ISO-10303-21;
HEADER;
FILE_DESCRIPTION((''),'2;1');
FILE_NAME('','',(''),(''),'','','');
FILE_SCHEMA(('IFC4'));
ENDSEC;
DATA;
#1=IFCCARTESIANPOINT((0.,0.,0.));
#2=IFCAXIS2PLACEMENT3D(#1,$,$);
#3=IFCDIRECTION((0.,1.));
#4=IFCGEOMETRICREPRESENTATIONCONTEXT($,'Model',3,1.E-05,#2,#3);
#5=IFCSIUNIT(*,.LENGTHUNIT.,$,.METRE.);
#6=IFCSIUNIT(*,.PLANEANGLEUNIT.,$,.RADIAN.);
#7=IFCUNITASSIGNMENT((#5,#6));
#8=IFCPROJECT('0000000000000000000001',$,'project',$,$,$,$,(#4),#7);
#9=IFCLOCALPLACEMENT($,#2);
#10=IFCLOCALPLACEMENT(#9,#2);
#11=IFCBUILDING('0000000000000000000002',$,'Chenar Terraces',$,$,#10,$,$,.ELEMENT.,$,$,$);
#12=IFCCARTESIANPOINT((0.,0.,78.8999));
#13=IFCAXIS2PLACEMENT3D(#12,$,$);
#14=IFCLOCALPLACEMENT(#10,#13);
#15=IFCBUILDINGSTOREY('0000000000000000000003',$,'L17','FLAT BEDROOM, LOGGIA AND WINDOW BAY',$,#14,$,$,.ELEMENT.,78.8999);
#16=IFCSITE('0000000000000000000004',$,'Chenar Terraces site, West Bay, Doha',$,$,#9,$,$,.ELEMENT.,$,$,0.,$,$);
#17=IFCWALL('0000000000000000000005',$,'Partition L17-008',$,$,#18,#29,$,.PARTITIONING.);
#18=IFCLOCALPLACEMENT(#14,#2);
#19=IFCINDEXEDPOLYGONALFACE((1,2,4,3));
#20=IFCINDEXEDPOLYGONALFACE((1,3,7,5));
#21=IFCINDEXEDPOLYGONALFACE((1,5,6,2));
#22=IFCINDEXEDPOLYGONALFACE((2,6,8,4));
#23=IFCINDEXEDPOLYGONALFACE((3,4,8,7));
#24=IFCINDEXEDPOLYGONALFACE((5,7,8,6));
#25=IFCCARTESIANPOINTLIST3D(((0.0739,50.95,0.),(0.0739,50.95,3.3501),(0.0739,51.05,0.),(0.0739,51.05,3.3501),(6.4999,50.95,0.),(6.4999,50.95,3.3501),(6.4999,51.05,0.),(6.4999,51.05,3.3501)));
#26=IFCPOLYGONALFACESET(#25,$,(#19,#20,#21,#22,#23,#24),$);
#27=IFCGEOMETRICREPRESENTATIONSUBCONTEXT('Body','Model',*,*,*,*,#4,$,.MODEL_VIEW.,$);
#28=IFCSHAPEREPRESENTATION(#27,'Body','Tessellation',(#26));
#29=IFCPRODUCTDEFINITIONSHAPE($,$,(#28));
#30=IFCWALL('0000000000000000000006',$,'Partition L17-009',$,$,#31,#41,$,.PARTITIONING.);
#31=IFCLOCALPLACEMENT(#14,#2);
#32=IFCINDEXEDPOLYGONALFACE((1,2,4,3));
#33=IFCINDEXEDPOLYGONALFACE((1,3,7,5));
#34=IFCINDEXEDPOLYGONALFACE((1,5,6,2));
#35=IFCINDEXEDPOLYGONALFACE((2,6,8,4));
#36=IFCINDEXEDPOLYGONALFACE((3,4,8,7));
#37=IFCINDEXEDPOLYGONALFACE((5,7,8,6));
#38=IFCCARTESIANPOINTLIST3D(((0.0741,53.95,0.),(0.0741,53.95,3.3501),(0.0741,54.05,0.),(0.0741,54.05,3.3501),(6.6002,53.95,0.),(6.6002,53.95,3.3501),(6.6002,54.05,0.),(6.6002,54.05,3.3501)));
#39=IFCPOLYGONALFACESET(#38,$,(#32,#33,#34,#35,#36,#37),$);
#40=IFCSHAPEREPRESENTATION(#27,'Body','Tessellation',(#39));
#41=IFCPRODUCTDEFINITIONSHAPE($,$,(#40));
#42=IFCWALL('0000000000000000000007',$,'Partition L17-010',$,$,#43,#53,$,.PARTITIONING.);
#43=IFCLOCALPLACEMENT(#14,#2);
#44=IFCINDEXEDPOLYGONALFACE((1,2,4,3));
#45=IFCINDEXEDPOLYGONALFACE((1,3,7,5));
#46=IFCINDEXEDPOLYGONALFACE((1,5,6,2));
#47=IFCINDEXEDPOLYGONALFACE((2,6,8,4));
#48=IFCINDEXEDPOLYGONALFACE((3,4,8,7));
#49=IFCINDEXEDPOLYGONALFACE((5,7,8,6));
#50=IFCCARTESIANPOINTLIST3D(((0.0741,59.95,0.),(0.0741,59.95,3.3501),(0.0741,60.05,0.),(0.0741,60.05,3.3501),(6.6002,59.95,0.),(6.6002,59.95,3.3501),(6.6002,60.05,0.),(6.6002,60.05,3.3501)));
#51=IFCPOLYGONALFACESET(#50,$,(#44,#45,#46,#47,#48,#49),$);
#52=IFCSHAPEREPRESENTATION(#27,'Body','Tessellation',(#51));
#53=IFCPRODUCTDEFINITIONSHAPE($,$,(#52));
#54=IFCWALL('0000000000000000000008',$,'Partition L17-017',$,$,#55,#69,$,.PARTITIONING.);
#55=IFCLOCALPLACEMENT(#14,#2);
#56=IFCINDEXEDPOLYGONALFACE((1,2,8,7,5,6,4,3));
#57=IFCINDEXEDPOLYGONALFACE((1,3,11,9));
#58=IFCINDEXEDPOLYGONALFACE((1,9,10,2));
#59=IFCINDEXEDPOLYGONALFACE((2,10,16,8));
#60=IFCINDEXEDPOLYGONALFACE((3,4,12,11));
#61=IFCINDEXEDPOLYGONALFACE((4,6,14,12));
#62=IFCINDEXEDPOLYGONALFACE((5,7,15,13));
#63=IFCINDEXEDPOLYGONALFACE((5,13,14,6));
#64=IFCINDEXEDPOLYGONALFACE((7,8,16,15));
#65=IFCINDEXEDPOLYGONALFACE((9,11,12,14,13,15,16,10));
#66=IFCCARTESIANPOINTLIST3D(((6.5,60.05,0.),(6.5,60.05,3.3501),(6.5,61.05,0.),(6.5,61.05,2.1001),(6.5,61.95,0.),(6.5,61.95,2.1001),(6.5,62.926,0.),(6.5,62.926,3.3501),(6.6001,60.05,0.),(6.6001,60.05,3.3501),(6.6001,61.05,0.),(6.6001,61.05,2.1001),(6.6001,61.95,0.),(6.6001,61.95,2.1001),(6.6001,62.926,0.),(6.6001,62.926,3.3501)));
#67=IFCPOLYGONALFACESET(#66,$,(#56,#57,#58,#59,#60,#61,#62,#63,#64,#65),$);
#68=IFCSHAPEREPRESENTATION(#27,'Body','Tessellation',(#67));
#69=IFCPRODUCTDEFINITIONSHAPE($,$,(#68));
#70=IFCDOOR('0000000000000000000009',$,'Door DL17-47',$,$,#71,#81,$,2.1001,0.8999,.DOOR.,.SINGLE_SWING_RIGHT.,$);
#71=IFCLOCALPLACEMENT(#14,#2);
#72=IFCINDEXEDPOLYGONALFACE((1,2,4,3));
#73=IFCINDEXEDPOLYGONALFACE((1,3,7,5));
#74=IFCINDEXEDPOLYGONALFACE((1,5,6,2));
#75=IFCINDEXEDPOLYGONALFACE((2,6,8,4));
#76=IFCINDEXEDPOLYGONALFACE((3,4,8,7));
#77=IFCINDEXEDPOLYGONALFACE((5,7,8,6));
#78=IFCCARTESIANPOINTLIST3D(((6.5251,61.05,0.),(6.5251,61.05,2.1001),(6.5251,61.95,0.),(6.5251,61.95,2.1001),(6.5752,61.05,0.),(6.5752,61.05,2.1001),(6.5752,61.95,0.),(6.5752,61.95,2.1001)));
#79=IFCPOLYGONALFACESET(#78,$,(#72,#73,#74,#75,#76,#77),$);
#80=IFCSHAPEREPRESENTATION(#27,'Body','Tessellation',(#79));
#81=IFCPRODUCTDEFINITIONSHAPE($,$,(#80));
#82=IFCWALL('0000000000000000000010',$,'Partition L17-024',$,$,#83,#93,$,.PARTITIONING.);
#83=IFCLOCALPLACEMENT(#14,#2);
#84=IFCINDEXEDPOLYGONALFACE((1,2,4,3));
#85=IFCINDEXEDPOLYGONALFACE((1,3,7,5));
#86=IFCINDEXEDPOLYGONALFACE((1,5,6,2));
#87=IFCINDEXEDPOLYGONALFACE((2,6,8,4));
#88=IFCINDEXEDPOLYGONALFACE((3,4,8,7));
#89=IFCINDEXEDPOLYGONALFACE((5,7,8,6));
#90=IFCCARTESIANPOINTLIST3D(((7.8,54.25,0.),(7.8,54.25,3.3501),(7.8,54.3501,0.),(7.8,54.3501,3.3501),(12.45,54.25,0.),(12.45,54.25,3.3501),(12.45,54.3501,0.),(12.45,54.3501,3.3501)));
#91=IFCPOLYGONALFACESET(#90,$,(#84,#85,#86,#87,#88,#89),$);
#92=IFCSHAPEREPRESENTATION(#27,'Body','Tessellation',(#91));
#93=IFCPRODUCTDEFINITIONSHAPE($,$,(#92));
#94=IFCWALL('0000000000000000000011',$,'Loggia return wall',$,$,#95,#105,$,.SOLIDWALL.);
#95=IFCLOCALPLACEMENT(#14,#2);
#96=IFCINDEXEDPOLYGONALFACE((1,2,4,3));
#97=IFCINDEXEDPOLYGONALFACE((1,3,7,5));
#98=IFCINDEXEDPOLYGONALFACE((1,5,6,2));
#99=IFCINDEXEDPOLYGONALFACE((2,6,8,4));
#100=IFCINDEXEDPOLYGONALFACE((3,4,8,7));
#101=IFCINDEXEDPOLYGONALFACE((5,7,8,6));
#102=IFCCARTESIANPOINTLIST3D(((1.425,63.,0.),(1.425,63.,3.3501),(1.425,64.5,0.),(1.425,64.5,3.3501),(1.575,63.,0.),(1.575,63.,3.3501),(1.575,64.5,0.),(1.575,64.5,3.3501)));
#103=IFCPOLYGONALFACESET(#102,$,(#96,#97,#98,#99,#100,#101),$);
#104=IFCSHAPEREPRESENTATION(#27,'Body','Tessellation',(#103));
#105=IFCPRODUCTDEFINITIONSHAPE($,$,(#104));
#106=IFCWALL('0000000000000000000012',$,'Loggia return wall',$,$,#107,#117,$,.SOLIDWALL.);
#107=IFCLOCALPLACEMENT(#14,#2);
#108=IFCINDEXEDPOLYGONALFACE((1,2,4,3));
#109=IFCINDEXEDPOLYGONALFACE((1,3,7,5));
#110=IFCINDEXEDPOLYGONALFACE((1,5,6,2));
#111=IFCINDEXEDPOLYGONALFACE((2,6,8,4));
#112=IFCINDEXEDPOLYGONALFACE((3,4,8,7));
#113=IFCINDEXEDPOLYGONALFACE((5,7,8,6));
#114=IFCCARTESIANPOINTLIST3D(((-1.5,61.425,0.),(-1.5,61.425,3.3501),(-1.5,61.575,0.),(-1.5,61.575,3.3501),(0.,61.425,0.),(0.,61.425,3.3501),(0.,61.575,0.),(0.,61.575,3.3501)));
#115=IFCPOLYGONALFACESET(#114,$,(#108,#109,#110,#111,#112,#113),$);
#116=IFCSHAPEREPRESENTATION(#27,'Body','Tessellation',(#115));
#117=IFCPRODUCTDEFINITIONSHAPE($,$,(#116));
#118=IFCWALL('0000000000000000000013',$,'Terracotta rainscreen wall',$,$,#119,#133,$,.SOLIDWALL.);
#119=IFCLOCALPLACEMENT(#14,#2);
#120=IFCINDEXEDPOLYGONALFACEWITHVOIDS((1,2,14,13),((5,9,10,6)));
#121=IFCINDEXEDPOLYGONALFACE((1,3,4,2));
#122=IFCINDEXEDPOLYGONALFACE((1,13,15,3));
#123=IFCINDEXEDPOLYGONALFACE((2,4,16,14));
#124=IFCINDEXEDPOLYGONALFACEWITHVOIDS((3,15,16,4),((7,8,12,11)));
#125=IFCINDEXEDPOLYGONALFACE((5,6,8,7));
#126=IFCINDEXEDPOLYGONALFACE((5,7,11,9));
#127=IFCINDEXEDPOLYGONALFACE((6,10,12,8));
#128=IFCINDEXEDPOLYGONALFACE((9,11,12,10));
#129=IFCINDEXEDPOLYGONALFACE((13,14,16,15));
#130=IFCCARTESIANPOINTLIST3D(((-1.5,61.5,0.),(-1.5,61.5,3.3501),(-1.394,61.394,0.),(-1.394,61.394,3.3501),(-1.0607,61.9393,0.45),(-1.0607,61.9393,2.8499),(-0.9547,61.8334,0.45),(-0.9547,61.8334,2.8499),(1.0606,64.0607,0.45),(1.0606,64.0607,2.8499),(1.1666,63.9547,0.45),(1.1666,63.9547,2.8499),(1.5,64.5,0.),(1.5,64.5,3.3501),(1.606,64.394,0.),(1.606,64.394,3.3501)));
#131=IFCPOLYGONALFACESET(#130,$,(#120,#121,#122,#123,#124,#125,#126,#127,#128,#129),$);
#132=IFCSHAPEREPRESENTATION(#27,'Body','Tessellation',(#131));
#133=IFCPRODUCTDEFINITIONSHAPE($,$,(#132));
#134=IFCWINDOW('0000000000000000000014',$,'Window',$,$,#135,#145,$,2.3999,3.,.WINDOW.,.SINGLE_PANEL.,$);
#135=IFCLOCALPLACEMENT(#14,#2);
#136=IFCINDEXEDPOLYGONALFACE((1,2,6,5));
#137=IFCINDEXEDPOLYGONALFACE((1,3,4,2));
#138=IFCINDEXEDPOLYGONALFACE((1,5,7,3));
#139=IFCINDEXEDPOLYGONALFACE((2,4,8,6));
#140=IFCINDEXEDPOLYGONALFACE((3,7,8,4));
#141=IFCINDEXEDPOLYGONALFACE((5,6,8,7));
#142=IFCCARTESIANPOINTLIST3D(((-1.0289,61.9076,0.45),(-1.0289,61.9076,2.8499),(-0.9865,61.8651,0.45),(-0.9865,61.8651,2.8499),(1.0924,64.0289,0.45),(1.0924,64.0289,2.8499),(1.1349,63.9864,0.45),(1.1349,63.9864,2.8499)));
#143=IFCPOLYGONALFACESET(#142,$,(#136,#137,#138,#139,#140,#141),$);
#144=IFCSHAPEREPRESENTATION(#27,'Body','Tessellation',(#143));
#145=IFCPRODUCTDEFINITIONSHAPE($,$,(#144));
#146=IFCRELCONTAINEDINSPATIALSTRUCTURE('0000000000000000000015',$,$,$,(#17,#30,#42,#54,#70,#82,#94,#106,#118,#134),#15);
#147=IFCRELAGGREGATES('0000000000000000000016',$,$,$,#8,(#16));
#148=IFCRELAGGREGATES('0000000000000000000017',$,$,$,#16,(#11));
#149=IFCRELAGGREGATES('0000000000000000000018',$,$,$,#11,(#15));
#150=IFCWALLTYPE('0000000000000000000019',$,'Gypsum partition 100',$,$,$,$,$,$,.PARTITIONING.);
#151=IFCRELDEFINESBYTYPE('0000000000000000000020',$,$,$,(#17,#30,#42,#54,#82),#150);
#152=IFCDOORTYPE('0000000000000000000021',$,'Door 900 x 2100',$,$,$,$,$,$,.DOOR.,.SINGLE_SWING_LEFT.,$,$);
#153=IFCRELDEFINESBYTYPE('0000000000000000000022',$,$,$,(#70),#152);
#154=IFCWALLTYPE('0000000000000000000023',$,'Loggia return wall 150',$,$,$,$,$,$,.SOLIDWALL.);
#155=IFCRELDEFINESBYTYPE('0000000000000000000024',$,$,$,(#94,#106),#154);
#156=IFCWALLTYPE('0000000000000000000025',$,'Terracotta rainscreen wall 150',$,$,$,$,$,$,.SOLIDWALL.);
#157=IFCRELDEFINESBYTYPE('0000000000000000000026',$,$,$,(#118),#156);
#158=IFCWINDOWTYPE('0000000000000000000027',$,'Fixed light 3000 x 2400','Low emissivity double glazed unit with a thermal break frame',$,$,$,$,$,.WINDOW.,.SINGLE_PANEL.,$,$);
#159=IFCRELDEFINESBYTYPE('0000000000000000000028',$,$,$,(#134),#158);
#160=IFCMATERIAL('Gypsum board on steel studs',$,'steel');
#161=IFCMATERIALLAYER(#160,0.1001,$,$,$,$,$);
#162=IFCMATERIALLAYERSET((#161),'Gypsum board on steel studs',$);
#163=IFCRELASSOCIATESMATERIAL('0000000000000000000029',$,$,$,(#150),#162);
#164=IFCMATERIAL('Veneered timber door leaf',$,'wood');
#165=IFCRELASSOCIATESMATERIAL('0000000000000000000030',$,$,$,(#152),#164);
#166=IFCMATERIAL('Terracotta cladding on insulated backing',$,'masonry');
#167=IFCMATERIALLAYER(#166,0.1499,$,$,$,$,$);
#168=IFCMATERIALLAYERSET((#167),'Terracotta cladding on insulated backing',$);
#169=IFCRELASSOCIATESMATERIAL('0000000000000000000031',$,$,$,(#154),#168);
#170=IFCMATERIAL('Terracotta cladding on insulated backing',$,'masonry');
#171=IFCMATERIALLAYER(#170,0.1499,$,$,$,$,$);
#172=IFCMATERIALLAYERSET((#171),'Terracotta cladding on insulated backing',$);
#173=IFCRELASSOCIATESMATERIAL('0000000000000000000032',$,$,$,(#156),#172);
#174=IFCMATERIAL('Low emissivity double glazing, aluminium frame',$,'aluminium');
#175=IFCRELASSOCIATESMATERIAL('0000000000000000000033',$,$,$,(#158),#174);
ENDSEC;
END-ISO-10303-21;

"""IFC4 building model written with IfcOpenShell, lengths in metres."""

from ifc_helpers import new_model, si_unit, direction, frame, frame_2d, origin, place, context, subcontext, project, spatial, rectangle, extrude, material, layer, layer_set, type_object, element, fill, save


model = new_model("IFC4")

# Units and contexts
model_context = context("Model", 3, precision=1e-05, world=origin(), true_north=direction((0.0, 1.0)))
body_context = subcontext(model_context, "Body", "Model", "MODEL_VIEW")
ifc_project = project(units=[si_unit("LENGTHUNIT", "METRE"), si_unit("PLANEANGLEUNIT", "RADIAN")], contexts=[model_context])

# Site, building, storey
site_placement = place(None, origin())
site = spatial("IfcSite", under=ifc_project, at=site_placement, Name="Chenar Terraces site, West Bay, Doha", CompositionType="ELEMENT", RefElevation=0.0)
building_placement = place(site_placement, origin())
building = spatial("IfcBuilding", under=site, at=building_placement, Name="Chenar Terraces", CompositionType="ELEMENT")
storey_placement = place(building_placement, frame((0.0, 0.0, 78.8999)))
storey = spatial("IfcBuildingStorey", under=building, at=storey_placement, Name="L17", Description="FLAT BEDROOM, LOGGIA AND WINDOW BAY", CompositionType="ELEMENT", Elevation=78.8999)

# Walls
ifc_material_1 = material(Name="Gypsum board on steel studs", Category="steel")
ifc_layer_1 = layer(ifc_material_1, 0.1001)
ifc_layer_set_1 = layer_set([ifc_layer_1], Name="Gypsum board on steel studs")
wall_type_1 = type_object("IfcWallType", Name="Gypsum partition 100", PredefinedType="PARTITIONING", material=ifc_layer_set_1)
wall_1_placement = place(storey_placement, frame((0.074, 51.0, 0.0), z_axis=(0.0, 0.0, 1.0), x_axis=(1.0, 0.0, 0.0)))
element("IfcWall", 1, at=wall_1_placement, inside=storey, type_object=wall_type_1, Name="Partition L17-008", PredefinedType="PARTITIONING", context=body_context, shape_type="SweptSolid", body=[
    extrude(rectangle(XDim=6.426, YDim=0.1001, at=frame_2d((3.2129, 0.0))), origin(), (0.0, 0.0, 1.0), 3.3501),
])
for number, where, z_axis, x_axis, name in (
    (2, (0.074, 54.0, 0.0), (0.0, 0.0, 1.0), (1.0, 0.0, 0.0), "Partition L17-009"),
    (3, (0.074, 60.0, 0.0), (0.0, 0.0, 1.0), (1.0, 0.0, 0.0), "Partition L17-010"),
):
    element("IfcWall", number, at=place(storey_placement, frame(where, z_axis=z_axis, x_axis=x_axis)), inside=storey, type_object=wall_type_1, Name=name, PredefinedType="PARTITIONING", context=body_context, shape_type="SweptSolid", body=[
        extrude(rectangle(XDim=6.5261, YDim=0.1001, at=frame_2d((3.2632, 0.0))), origin(), (0.0, 0.0, 1.0), 3.3501),
    ])

# Wall, opening, door
wall_2_placement = place(storey_placement, frame((6.55, 60.05, 0.0), z_axis=(0.0, 0.0, 1.0), x_axis=(0.0, 1.0, 0.0)))
wall_2 = element("IfcWall", 4, at=wall_2_placement, inside=storey, type_object=wall_type_1, Name="Partition L17-017", PredefinedType="PARTITIONING", context=body_context, shape_type="SweptSolid", body=[
    extrude(rectangle(XDim=2.876, YDim=0.1001, at=frame_2d((1.438, 0.0))), origin(), (0.0, 0.0, 1.0), 3.3501),
])
opening_1_placement = place(wall_2_placement, frame((1.0, 0.0, 0.0)))
opening_1 = element("IfcOpeningElement", 5, at=opening_1_placement, cuts=wall_2, PredefinedType="OPENING", context=body_context, shape_type="SweptSolid", body=[
    extrude(rectangle(XDim=0.8999, YDim=2.1001, at=frame_2d((0.45, 1.05))), frame((0.0, 0.0601, 0.0), z_axis=(0.0, -1.0, 0.0), x_axis=(1.0, 0.0, 0.0)), (0.0, 0.0, 1.0), 0.1201),
])
ifc_material_2 = material(Name="Veneered timber door leaf", Category="wood")
door_type_1 = type_object("IfcDoorType", Name="Door 900 x 2100", OperationType="SINGLE_SWING_LEFT", PredefinedType="DOOR", material=ifc_material_2)
door_1_placement = place(opening_1_placement, origin())
door_1 = element("IfcDoor", 6, at=door_1_placement, inside=storey, type_object=door_type_1, Name="Door DL17-47", OperationType="SINGLE_SWING_RIGHT", OverallHeight=2.1001, OverallWidth=0.8999, PredefinedType="DOOR", context=body_context, shape_type="SweptSolid", body=[
    extrude(rectangle(XDim=0.8999, YDim=2.1001, at=frame_2d((0.45, 1.05))), frame((0.0, 0.0249, 0.0), z_axis=(0.0, -1.0, 0.0), x_axis=(1.0, 0.0, 0.0)), (0.0, 0.0, 1.0), 0.05),
])
fill(opening_1, door_1)

# Walls
wall_3_placement = place(storey_placement, frame((7.8, 54.3, 0.0), z_axis=(0.0, 0.0, 1.0), x_axis=(1.0, 0.0, 0.0)))
element("IfcWall", 7, at=wall_3_placement, inside=storey, type_object=wall_type_1, Name="Partition L17-024", PredefinedType="PARTITIONING", context=body_context, shape_type="SweptSolid", body=[
    extrude(rectangle(XDim=4.6499, YDim=0.1001, at=frame_2d((2.325, 0.0))), origin(), (0.0, 0.0, 1.0), 3.3501),
])
ifc_material_3 = material(Name="Terracotta cladding on insulated backing", Category="masonry")
ifc_layer_2 = layer(ifc_material_3, 0.1499)
ifc_layer_set_2 = layer_set([ifc_layer_2], Name="Terracotta cladding on insulated backing")
wall_type_2 = type_object("IfcWallType", Name="Loggia return wall 150", PredefinedType="SOLIDWALL", material=ifc_layer_set_2)
for number, where, z_axis, x_axis, name in (
    (8, (1.5, 64.5, 0.0), (0.0, 0.0, 1.0), (0.0, -1.0, 0.0), "Loggia return wall"),
    (9, (-1.5, 61.5, 0.0), (0.0, 0.0, 1.0), (1.0, 0.0, 0.0), "Loggia return wall"),
):
    element("IfcWall", number, at=place(storey_placement, frame(where, z_axis=z_axis, x_axis=x_axis)), inside=storey, type_object=wall_type_2, Name=name, PredefinedType="SOLIDWALL", context=body_context, shape_type="SweptSolid", body=[
        extrude(rectangle(XDim=1.5, YDim=0.1499, at=frame_2d((0.75, 0.0))), origin(), (0.0, 0.0, 1.0), 3.3501),
    ])

# Wall, opening, window
ifc_material_4 = material(Name="Terracotta cladding on insulated backing", Category="masonry")
ifc_layer_3 = layer(ifc_material_4, 0.1499)
ifc_layer_set_3 = layer_set([ifc_layer_3], Name="Terracotta cladding on insulated backing")
wall_type_3 = type_object("IfcWallType", Name="Terracotta rainscreen wall 150", PredefinedType="SOLIDWALL", material=ifc_layer_set_3)
wall_4_placement = place(storey_placement, frame((1.553, 64.447, 0.0), z_axis=(0.0, 0.0, 1.0), x_axis=(-0.707107, -0.707107, 0.0)))
wall_4 = element("IfcWall", 10, at=wall_4_placement, inside=storey, type_object=wall_type_3, Name="Terracotta rainscreen wall", PredefinedType="SOLIDWALL", context=body_context, shape_type="SweptSolid", body=[
    extrude(rectangle(XDim=4.2427, YDim=0.1499, at=frame_2d((2.1213, 0.0))), origin(), (0.0, 0.0, 1.0), 3.3501),
])
opening_2_placement = place(wall_4_placement, frame((0.6213, 0.0, 0.45)))
opening_2 = element("IfcOpeningElement", 11, at=opening_2_placement, cuts=wall_4, PredefinedType="OPENING", context=body_context, shape_type="SweptSolid", body=[
    extrude(rectangle(XDim=3.0, YDim=2.3999, at=frame_2d((1.5, 1.2))), frame((0.0, 0.085, 0.0), z_axis=(0.0, -1.0, 0.0), x_axis=(1.0, 0.0, 0.0)), (0.0, 0.0, 1.0), 0.1699),
])
ifc_material_5 = material(Name="Low emissivity double glazing, aluminium frame", Category="aluminium")
window_type_1 = type_object("IfcWindowType", Name="Fixed light 3000 x 2400", Description="Low emissivity double glazed unit with a thermal break frame", PartitioningType="SINGLE_PANEL", PredefinedType="WINDOW", material=ifc_material_5)
window_1_placement = place(opening_2_placement, origin())
window_1 = element("IfcWindow", 12, at=window_1_placement, inside=storey, type_object=window_type_1, Name="Window", OverallHeight=2.3999, OverallWidth=3.0, PartitioningType="SINGLE_PANEL", PredefinedType="WINDOW", context=body_context, shape_type="SweptSolid", body=[
    extrude(rectangle(XDim=3.0, YDim=2.3999, at=frame_2d((1.5, 1.2))), frame((0.0, 0.03, 0.0), z_axis=(0.0, -1.0, 0.0), x_axis=(1.0, 0.0, 0.0)), (0.0, 0.0, 1.0), 0.0601),
])
fill(opening_2, window_1)

save(model, "model.ifc")
